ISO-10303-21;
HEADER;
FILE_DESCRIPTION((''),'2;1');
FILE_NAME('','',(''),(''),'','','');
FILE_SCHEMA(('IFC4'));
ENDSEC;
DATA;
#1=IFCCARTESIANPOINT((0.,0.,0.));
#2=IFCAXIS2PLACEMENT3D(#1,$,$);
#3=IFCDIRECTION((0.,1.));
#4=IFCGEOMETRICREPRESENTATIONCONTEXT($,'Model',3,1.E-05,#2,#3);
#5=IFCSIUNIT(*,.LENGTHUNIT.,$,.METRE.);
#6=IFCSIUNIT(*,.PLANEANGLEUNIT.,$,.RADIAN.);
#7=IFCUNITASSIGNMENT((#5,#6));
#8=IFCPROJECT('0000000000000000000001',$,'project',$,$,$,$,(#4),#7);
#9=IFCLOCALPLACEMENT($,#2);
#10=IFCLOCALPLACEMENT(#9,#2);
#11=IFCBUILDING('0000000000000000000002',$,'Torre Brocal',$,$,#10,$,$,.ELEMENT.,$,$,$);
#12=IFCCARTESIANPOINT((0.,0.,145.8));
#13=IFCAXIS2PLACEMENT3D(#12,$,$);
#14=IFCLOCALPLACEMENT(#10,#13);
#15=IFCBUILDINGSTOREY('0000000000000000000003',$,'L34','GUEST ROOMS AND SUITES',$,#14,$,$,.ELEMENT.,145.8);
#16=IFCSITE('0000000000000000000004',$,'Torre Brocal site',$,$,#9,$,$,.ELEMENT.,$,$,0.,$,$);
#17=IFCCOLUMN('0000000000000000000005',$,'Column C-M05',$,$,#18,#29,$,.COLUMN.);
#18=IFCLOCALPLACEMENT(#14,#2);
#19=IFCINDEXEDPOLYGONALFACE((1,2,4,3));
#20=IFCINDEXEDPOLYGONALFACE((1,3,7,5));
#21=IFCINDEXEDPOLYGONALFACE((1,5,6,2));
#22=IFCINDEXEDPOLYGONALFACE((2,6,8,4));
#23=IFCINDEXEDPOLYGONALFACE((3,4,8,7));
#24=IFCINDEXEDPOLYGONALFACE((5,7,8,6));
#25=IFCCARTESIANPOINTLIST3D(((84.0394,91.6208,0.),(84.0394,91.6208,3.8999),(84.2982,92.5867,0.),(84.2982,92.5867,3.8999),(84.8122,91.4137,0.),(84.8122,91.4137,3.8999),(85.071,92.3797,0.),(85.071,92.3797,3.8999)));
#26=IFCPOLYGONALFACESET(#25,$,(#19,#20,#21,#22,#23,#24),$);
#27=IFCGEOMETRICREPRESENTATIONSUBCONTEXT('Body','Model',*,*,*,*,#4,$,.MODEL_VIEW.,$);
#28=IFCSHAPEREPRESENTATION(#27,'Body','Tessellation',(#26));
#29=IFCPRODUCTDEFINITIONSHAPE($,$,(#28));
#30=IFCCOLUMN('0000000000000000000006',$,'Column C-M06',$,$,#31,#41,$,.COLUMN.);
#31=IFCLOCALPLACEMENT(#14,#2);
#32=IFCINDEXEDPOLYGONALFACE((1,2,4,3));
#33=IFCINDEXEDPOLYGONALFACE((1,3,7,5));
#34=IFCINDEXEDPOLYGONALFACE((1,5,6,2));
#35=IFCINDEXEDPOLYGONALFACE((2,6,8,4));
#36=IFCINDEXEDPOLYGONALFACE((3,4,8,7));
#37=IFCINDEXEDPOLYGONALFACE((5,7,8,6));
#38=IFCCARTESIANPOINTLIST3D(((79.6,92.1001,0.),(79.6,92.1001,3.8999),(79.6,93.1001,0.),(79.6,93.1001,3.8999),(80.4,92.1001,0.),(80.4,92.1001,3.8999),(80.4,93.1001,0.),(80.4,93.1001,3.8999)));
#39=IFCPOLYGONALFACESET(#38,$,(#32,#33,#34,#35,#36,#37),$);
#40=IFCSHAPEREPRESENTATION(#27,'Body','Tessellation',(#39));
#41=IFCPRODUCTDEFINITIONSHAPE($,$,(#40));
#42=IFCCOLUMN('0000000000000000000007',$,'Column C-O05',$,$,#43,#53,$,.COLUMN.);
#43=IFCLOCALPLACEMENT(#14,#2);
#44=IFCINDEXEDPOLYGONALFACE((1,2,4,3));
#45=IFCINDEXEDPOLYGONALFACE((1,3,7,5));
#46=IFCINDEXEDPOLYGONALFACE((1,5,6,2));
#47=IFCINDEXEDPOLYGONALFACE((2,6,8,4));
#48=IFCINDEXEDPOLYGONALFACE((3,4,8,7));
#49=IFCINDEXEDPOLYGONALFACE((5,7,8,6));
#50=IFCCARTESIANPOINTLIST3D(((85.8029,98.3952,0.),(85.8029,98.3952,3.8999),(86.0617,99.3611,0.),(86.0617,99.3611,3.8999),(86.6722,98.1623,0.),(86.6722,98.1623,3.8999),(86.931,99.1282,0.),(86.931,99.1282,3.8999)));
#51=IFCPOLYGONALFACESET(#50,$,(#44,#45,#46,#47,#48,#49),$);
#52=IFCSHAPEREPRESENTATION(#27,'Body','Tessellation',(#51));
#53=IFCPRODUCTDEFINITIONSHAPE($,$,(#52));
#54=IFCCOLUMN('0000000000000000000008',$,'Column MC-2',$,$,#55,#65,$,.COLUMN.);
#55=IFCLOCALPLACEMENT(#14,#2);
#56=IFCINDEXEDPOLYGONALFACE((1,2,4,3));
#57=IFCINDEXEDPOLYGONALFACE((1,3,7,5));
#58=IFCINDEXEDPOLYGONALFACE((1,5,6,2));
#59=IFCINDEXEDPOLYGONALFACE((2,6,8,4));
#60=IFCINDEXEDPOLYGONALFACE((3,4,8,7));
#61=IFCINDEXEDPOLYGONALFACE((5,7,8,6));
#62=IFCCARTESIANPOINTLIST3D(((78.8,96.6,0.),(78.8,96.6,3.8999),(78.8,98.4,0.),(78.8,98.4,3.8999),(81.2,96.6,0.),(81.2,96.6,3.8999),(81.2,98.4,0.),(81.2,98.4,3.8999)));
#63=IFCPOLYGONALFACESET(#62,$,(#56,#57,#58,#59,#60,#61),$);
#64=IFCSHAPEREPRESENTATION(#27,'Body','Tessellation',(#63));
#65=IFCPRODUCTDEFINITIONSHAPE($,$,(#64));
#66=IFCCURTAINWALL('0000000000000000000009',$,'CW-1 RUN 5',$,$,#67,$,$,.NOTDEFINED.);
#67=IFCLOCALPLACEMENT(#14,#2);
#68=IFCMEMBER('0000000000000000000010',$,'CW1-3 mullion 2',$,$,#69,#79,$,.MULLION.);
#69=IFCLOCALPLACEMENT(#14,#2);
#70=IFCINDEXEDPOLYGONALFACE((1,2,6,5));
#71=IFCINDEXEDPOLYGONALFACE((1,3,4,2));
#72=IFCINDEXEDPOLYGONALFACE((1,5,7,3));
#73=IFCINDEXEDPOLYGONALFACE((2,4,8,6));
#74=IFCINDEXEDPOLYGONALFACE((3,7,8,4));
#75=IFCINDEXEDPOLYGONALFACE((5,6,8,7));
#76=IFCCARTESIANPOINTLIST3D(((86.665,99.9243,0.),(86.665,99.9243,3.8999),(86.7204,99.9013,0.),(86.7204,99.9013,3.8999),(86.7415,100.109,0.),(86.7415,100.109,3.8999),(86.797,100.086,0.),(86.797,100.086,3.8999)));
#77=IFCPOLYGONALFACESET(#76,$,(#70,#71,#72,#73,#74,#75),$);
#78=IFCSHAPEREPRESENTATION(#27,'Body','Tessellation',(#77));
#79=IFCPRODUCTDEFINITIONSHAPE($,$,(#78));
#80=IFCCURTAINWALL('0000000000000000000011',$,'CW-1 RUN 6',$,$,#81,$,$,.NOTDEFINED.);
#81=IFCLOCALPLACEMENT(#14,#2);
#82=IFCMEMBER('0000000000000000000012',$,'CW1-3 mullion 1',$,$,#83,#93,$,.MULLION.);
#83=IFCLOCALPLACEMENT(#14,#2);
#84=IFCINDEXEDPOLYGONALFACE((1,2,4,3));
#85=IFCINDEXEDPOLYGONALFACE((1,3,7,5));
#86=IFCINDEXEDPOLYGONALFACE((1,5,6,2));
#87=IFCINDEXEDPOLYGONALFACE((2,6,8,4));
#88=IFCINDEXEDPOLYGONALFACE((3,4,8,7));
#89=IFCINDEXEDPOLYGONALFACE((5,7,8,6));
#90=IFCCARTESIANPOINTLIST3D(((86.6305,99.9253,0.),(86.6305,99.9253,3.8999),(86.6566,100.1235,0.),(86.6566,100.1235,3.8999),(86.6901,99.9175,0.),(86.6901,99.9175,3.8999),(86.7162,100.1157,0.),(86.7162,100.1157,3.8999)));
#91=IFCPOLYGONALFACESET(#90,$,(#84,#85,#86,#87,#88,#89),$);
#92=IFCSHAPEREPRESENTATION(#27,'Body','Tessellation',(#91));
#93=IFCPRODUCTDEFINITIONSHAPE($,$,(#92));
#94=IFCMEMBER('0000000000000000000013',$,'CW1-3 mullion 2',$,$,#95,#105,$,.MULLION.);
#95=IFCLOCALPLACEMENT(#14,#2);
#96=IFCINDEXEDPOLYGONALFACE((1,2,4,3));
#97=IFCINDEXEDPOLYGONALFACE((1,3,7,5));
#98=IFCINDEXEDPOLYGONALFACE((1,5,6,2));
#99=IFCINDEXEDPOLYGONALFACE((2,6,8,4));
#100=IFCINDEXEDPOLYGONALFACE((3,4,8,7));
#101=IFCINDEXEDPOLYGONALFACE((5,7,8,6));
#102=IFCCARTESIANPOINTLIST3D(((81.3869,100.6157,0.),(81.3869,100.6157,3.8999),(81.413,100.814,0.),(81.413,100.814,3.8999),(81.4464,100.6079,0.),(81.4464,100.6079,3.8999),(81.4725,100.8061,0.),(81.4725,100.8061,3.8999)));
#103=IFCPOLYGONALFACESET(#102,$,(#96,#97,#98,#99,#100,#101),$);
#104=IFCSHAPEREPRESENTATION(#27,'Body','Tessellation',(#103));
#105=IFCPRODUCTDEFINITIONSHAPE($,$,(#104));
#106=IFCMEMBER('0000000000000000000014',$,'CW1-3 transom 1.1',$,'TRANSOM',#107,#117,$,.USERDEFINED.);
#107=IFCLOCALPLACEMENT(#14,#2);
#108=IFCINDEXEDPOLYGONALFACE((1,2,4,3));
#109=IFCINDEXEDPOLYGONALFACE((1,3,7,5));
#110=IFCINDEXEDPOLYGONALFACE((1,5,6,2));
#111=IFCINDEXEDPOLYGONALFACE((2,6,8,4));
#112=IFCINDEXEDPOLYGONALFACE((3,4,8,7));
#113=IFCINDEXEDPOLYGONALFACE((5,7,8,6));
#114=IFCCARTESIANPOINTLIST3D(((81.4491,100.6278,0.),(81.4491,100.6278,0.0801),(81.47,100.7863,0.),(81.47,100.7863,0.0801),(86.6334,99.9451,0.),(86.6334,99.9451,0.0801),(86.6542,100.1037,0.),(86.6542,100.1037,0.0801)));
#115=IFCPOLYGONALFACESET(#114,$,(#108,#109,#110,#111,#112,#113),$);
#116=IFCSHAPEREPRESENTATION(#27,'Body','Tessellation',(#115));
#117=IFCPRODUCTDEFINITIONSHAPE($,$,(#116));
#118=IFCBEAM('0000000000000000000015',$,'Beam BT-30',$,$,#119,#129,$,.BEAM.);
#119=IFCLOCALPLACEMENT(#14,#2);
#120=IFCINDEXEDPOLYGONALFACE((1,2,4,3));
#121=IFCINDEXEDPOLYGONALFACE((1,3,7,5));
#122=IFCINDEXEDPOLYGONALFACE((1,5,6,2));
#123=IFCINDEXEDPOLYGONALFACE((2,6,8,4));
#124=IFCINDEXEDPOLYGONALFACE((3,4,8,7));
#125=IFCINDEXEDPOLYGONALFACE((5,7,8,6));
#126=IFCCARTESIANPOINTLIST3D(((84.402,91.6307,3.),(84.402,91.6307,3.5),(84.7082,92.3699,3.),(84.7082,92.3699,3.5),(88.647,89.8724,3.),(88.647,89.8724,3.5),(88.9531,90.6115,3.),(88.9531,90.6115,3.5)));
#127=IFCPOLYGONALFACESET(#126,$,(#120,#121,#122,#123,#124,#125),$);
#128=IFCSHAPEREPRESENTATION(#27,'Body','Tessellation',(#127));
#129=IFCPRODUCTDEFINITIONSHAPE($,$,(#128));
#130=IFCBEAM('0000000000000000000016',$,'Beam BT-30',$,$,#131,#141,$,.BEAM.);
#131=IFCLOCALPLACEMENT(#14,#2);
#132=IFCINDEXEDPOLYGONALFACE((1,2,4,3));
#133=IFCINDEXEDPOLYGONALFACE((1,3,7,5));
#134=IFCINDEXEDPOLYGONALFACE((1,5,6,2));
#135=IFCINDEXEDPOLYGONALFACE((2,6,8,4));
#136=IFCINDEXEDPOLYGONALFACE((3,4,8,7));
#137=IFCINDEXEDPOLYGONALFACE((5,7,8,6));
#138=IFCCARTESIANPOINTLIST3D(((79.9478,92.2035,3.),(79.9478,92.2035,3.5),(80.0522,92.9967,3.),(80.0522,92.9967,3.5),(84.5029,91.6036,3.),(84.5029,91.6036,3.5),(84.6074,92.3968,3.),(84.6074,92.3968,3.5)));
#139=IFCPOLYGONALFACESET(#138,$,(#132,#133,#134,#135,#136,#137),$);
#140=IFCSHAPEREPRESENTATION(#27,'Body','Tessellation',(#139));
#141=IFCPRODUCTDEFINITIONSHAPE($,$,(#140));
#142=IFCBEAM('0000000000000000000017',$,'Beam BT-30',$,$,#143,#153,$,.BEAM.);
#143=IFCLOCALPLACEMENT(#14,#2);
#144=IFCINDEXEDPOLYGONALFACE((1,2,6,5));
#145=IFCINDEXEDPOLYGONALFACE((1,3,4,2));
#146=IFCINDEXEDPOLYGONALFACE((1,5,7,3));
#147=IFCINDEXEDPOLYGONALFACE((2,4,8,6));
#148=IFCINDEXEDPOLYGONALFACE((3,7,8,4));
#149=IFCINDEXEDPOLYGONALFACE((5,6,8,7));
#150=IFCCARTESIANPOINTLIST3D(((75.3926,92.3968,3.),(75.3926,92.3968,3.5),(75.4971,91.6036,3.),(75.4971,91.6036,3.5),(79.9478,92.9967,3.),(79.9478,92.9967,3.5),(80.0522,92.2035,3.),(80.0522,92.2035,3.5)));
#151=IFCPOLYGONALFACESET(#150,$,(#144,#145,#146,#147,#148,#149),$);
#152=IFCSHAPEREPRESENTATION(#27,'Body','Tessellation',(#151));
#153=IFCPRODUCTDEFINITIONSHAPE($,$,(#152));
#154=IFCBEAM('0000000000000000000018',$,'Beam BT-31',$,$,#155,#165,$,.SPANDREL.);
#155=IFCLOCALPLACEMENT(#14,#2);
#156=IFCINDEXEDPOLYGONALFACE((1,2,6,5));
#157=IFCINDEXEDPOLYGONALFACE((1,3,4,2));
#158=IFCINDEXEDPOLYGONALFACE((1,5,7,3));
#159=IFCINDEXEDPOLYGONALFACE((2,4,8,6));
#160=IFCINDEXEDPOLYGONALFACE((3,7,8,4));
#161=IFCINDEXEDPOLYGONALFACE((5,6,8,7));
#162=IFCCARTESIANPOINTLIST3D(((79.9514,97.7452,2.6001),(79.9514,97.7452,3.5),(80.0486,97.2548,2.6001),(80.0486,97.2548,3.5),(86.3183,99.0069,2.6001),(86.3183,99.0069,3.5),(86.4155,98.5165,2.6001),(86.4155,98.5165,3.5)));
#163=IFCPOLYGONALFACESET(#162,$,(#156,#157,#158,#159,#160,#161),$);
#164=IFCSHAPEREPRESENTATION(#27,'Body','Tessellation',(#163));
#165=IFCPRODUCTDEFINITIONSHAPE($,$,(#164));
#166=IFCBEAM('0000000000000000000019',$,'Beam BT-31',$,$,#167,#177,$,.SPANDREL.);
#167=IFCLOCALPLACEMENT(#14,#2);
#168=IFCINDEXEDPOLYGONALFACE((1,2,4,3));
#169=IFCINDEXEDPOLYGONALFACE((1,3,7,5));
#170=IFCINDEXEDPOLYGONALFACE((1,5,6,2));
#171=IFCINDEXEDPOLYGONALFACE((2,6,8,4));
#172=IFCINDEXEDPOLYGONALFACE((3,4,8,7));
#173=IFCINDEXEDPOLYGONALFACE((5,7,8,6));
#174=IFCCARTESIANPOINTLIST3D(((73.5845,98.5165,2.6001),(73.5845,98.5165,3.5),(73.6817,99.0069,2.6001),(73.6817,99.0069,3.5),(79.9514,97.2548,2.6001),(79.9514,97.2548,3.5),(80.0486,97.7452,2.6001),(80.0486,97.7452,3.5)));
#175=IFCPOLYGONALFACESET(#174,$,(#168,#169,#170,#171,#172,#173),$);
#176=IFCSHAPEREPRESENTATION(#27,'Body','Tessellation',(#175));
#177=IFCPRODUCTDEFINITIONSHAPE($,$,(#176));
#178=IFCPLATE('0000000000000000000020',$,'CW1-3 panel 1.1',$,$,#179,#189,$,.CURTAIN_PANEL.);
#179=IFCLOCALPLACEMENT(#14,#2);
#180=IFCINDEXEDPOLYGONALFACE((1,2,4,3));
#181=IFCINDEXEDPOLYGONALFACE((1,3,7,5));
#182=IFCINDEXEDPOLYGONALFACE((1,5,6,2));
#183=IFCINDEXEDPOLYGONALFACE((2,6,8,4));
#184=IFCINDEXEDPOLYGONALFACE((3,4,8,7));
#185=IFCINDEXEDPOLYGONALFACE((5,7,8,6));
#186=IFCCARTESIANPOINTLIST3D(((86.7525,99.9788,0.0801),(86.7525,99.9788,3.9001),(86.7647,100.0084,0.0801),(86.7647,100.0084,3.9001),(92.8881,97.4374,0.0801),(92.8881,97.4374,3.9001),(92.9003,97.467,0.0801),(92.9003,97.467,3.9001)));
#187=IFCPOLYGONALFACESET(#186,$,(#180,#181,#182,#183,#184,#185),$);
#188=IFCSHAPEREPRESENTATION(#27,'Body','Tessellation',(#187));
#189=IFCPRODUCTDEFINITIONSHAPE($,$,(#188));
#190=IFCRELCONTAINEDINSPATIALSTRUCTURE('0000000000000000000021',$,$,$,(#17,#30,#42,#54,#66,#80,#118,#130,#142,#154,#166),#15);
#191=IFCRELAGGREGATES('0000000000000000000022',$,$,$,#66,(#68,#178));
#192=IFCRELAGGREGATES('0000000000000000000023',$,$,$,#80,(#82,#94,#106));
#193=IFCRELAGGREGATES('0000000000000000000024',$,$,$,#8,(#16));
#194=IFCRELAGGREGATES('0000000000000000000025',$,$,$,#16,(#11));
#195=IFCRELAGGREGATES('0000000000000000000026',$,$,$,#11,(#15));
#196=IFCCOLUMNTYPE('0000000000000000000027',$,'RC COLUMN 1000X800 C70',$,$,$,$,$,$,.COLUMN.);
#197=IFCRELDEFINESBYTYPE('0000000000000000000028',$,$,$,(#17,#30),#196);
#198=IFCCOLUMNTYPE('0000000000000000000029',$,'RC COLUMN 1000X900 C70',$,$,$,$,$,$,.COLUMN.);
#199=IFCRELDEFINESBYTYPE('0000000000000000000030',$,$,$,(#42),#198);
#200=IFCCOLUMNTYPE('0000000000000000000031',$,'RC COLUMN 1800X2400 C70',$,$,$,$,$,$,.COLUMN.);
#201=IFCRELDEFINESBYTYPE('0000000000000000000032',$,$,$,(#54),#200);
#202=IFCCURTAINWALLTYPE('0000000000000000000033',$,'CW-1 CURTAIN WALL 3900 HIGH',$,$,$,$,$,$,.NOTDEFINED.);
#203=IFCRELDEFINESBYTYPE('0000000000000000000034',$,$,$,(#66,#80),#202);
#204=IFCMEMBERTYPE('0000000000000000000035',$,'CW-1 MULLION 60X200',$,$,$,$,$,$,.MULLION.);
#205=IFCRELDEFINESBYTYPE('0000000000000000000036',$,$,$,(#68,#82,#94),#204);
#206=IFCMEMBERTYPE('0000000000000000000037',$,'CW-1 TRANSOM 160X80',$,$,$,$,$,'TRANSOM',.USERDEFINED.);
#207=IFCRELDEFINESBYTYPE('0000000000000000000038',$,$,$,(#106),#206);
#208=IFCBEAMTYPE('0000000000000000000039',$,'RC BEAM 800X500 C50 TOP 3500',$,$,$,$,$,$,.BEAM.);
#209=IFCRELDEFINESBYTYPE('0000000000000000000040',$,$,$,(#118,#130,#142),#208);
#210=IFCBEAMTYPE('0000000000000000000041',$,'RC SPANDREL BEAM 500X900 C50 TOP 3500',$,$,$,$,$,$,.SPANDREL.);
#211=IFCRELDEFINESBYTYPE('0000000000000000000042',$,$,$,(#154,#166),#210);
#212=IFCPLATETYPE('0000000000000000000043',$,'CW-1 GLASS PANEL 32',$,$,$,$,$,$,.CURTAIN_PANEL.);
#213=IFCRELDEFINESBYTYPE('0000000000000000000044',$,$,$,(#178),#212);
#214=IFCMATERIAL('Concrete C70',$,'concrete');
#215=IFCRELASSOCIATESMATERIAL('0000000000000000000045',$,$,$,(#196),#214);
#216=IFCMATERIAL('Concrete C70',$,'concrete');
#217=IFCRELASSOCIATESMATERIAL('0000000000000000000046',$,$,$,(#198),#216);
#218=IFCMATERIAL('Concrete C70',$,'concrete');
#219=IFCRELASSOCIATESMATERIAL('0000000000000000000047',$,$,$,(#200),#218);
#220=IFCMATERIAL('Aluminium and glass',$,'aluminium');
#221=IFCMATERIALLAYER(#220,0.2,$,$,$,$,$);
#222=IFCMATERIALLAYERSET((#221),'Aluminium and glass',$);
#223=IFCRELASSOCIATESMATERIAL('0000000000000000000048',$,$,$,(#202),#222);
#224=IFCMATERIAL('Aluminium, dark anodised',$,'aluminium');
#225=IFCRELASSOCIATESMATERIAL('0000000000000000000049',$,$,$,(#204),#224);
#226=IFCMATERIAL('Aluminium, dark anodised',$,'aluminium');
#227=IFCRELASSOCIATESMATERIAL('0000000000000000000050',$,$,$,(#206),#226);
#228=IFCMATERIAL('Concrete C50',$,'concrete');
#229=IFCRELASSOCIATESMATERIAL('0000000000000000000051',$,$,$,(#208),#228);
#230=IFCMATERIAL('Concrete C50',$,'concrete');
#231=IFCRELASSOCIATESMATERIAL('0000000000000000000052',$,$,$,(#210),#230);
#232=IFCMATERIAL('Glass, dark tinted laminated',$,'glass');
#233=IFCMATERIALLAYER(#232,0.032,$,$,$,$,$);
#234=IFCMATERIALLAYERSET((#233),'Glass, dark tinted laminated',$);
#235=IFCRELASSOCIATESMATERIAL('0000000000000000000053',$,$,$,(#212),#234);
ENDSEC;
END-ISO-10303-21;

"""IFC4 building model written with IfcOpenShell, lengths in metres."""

from ifc_helpers import new_model, si_unit, direction, frame, origin, origin_2d, place, context, subcontext, project, spatial, rectangle, extrude, material, layer, layer_set, material_profile, profile_set, type_object, element, aggregate, save


model = new_model("IFC4")

# Units and contexts
model_context = context("Model", 3, precision=1e-05, world=origin(), true_north=direction((0.0, 1.0)))
body_context = subcontext(model_context, "Body", "Model", "MODEL_VIEW")
ifc_project = project(units=[si_unit("LENGTHUNIT", "METRE"), si_unit("PLANEANGLEUNIT", "RADIAN")], contexts=[model_context])

# Site, building, storey
site_placement = place(None, origin())
site = spatial("IfcSite", under=ifc_project, at=site_placement, Name="Torre Brocal site", CompositionType="ELEMENT", RefElevation=0.0)
building_placement = place(site_placement, origin())
building = spatial("IfcBuilding", under=site, at=building_placement, Name="Torre Brocal", CompositionType="ELEMENT")
storey_placement = place(building_placement, frame((0.0, 0.0, 145.8)))
storey = spatial("IfcBuildingStorey", under=building, at=storey_placement, Name="L34", Description="GUEST ROOMS AND SUITES", CompositionType="ELEMENT", Elevation=145.8)

# Columns
ifc_material_1 = material(Name="Concrete C70", Category="concrete")
ifc_material_profile_1 = material_profile(ifc_material_1, rectangle(XDim=1.0, YDim=0.8, at=origin_2d()), Name="RC 1000X800")
ifc_profile_set_1 = profile_set([ifc_material_profile_1], Name="Concrete C70")
column_type_1 = type_object("IfcColumnType", Name="RC COLUMN 1000X800 C70", PredefinedType="COLUMN", material=ifc_profile_set_1)
for number, where, z_axis, x_axis, name in (
    (1, (84.5552, 92.0002, 0.0), (0.0, 0.0, 1.0), (0.258819, 0.965926, 0.0), "Column C-M05"),
    (2, (80.0, 92.6001, 0.0), (0.0, 0.0, 1.0), (0.0, 1.0, 0.0), "Column C-M06"),
):
    element("IfcColumn", number, at=place(storey_placement, frame(where, z_axis=z_axis, x_axis=x_axis)), inside=storey, type_object=column_type_1, Name=name, PredefinedType="COLUMN", context=body_context, shape_type="SweptSolid", body=[
        extrude(rectangle(XDim=1.0, YDim=0.8, at=origin_2d()), origin(), (0.0, 0.0, 1.0), 3.8999),
    ])
ifc_material_2 = material(Name="Concrete C70", Category="concrete")
ifc_material_profile_2 = material_profile(ifc_material_2, rectangle(XDim=1.0, YDim=0.8999, at=origin_2d()), Name="RC 1000X900")
ifc_profile_set_2 = profile_set([ifc_material_profile_2], Name="Concrete C70")
column_type_2 = type_object("IfcColumnType", Name="RC COLUMN 1000X900 C70", PredefinedType="COLUMN", material=ifc_profile_set_2)
column_1_placement = place(storey_placement, frame((86.3669, 98.7617, 0.0), z_axis=(0.0, 0.0, 1.0), x_axis=(0.258819, 0.965926, 0.0)))
element("IfcColumn", 3, at=column_1_placement, inside=storey, type_object=column_type_2, Name="Column C-O05", PredefinedType="COLUMN", context=body_context, shape_type="SweptSolid", body=[
    extrude(rectangle(XDim=1.0, YDim=0.8999, at=origin_2d()), origin(), (0.0, 0.0, 1.0), 3.8999),
])
ifc_material_3 = material(Name="Concrete C70", Category="concrete")
ifc_material_profile_3 = material_profile(ifc_material_3, rectangle(XDim=1.8, YDim=2.3999, at=origin_2d()), Name="RC 1800X2400")
ifc_profile_set_3 = profile_set([ifc_material_profile_3], Name="Concrete C70")
column_type_3 = type_object("IfcColumnType", Name="RC COLUMN 1800X2400 C70", PredefinedType="COLUMN", material=ifc_profile_set_3)
column_2_placement = place(storey_placement, frame((80.0, 97.5, 0.0), z_axis=(0.0, 0.0, 1.0), x_axis=(0.0, 1.0, 0.0)))
element("IfcColumn", 4, at=column_2_placement, inside=storey, type_object=column_type_3, Name="Column MC-2", PredefinedType="COLUMN", context=body_context, shape_type="SweptSolid", body=[
    extrude(rectangle(XDim=1.8, YDim=2.3999, at=origin_2d()), origin(), (0.0, 0.0, 1.0), 3.8999),
])

# Curtain wall, member
ifc_material_4 = material(Name="Aluminium and glass", Category="aluminium")
ifc_layer_1 = layer(ifc_material_4, 0.2)
ifc_layer_set_1 = layer_set([ifc_layer_1], Name="Aluminium and glass")
curtain_wall_type = type_object("IfcCurtainWallType", Name="CW-1 CURTAIN WALL 3900 HIGH", PredefinedType="NOTDEFINED", material=ifc_layer_set_1)
curtain_wall_1_placement = place(storey_placement, origin())
curtain_wall_1 = element("IfcCurtainWall", 5, at=curtain_wall_1_placement, inside=storey, type_object=curtain_wall_type, Name="CW-1 RUN 5", PredefinedType="NOTDEFINED")
ifc_material_5 = material(Name="Aluminium, dark anodised", Category="aluminium")
ifc_material_profile_4 = material_profile(ifc_material_5, rectangle(XDim=0.2, YDim=0.0601, at=origin_2d()), Name="CW-1 MULLION 60X200")
ifc_profile_set_4 = profile_set([ifc_material_profile_4], Name="Aluminium, dark anodised")
member_type_1 = type_object("IfcMemberType", Name="CW-1 MULLION 60X200", PredefinedType="MULLION", material=ifc_profile_set_4)
member_1_placement = place(storey_placement, frame((86.731, 100.0051, 0.0), z_axis=(0.0, 0.0, 1.0), x_axis=(-0.382683, -0.92388, 0.0)))
member_1 = element("IfcMember", 6, at=member_1_placement, type_object=member_type_1, Name="CW1-3 mullion 2", PredefinedType="MULLION", context=body_context, shape_type="SweptSolid", body=[
    extrude(rectangle(XDim=0.2, YDim=0.0601, at=origin_2d()), origin(), (0.0, 0.0, 1.0), 3.8999),
])

# Curtain wall, members
curtain_wall_2_placement = place(storey_placement, origin())
curtain_wall_2 = element("IfcCurtainWall", 7, at=curtain_wall_2_placement, inside=storey, type_object=curtain_wall_type, Name="CW-1 RUN 6", PredefinedType="NOTDEFINED")
member_2_placement = place(storey_placement, frame((86.6733, 100.0205, 0.0), z_axis=(0.0, 0.0, 1.0), x_axis=(-0.130526, -0.991445, 0.0)))
member_2 = element("IfcMember", 8, at=member_2_placement, type_object=member_type_1, Name="CW1-3 mullion 1", PredefinedType="MULLION", context=body_context, shape_type="SweptSolid", body=[
    extrude(rectangle(XDim=0.2, YDim=0.0601, at=origin_2d()), origin(), (0.0, 0.0, 1.0), 3.8999),
])
member_3_placement = place(storey_placement, frame((81.4297, 100.7109, 0.0), z_axis=(0.0, 0.0, 1.0), x_axis=(-0.130526, -0.991445, 0.0)))
member_3 = element("IfcMember", 9, at=member_3_placement, type_object=member_type_1, Name="CW1-3 mullion 2", PredefinedType="MULLION", context=body_context, shape_type="SweptSolid", body=[
    extrude(rectangle(XDim=0.2, YDim=0.0601, at=origin_2d()), origin(), (0.0, 0.0, 1.0), 3.8999),
])
ifc_material_6 = material(Name="Aluminium, dark anodised", Category="aluminium")
ifc_material_profile_5 = material_profile(ifc_material_6, rectangle(XDim=0.1599, YDim=0.0801, at=origin_2d()), Name="CW-1 TRANSOM 160X80")
ifc_profile_set_5 = profile_set([ifc_material_profile_5], Name="Aluminium, dark anodised")
member_type_2 = type_object("IfcMemberType", Name="CW-1 TRANSOM 160X80", ElementType="TRANSOM", PredefinedType="USERDEFINED", material=ifc_profile_set_5)
member_4_placement = place(storey_placement, frame((86.6438, 100.0244, 0.04), z_axis=(-0.991443, 0.130543, 0.0), x_axis=(-0.130543, -0.991443, 0.0)))
member_4 = element("IfcMember", 10, at=member_4_placement, type_object=member_type_2, Name="CW1-3 transom 1.1", ObjectType="TRANSOM", PredefinedType="USERDEFINED", context=body_context, shape_type="SweptSolid", body=[
    extrude(rectangle(XDim=0.1599, YDim=0.0801, at=origin_2d()), origin(), (0.0, 0.0, 1.0), 5.229),
])

# Beams
ifc_material_7 = material(Name="Concrete C50", Category="concrete")
ifc_material_profile_6 = material_profile(ifc_material_7, rectangle(XDim=0.8, YDim=0.5, at=origin_2d()), Name="RC 800X500")
ifc_profile_set_6 = profile_set([ifc_material_profile_6], Name="Concrete C50")
beam_type_1 = type_object("IfcBeamType", Name="RC BEAM 800X500 C50 TOP 3500", PredefinedType="BEAM", material=ifc_profile_set_6)
beam_placement = place(storey_placement, frame((88.8, 90.2419, 3.25), z_axis=(-0.923878, 0.382687, 0.0), x_axis=(-0.382687, -0.923878, 0.0)))
element("IfcBeam", 11, at=beam_placement, inside=storey, type_object=beam_type_1, Name="Beam BT-30", PredefinedType="BEAM", context=body_context, shape_type="SweptSolid", body=[
    extrude(rectangle(XDim=0.8, YDim=0.5, at=origin_2d()), origin(), (0.0, 0.0, 1.0), 4.5947),
])
for number, where, z_axis, x_axis, name in (
    (12, (84.5552, 92.0002, 3.25), (-0.991441, 0.130559, 0.0), (-0.130559, -0.991441, 0.0), "Beam BT-30"),
    (13, (80.0, 92.6001, 3.25), (-0.991441, -0.130559, 0.0), (0.130559, -0.991441, 0.0), "Beam BT-30"),
):
    element("IfcBeam", number, at=place(storey_placement, frame(where, z_axis=z_axis, x_axis=x_axis)), inside=storey, type_object=beam_type_1, Name=name, PredefinedType="BEAM", context=body_context, shape_type="SweptSolid", body=[
        extrude(rectangle(XDim=0.8, YDim=0.5, at=origin_2d()), origin(), (0.0, 0.0, 1.0), 4.5945),
    ])
ifc_material_8 = material(Name="Concrete C50", Category="concrete")
ifc_material_profile_7 = material_profile(ifc_material_8, rectangle(XDim=0.5, YDim=0.8999, at=origin_2d()), Name="RC 500X900")
ifc_profile_set_7 = profile_set([ifc_material_profile_7], Name="Concrete C50")
beam_type_2 = type_object("IfcBeamType", Name="RC SPANDREL BEAM 500X900 C50 TOP 3500", PredefinedType="SPANDREL", material=ifc_profile_set_7)
for number, where, z_axis, x_axis, name in (
    (14, (86.3669, 98.7617, 3.05), (-0.980925, -0.194387, 0.0), (0.194387, -0.980925, 0.0), "Beam BT-31"),
    (15, (80.0, 97.5, 3.05), (-0.980925, 0.194387, 0.0), (-0.194387, -0.980925, 0.0), "Beam BT-31"),
):
    element("IfcBeam", number, at=place(storey_placement, frame(where, z_axis=z_axis, x_axis=x_axis)), inside=storey, type_object=beam_type_2, Name=name, PredefinedType="SPANDREL", context=body_context, shape_type="SweptSolid", body=[
        extrude(rectangle(XDim=0.5, YDim=0.8999, at=origin_2d()), origin(), (0.0, 0.0, 1.0), 6.4907),
    ])

# Plate
ifc_material_9 = material(Name="Glass, dark tinted laminated", Category="glass")
ifc_layer_2 = layer(ifc_material_9, 0.032)
ifc_layer_set_2 = layer_set([ifc_layer_2], Name="Glass, dark tinted laminated")
plate_type = type_object("IfcPlateType", Name="CW-1 GLASS PANEL 32", PredefinedType="CURTAIN_PANEL", material=ifc_layer_set_2)
plate_1_placement = place(storey_placement, frame((89.8264, 98.7229, 0.0801), z_axis=(0.0, 0.0, 1.0), x_axis=(-0.92388, 0.382683, 0.0)))
plate_1 = element("IfcPlate", 16, at=plate_1_placement, type_object=plate_type, Name="CW1-3 panel 1.1", PredefinedType="CURTAIN_PANEL", context=body_context, shape_type="SweptSolid", body=[
    extrude(rectangle(XDim=6.6411, YDim=0.032, at=origin_2d()), origin(), (0.0, 0.0, 1.0), 3.8201),
])
aggregate(curtain_wall_1, [member_1, plate_1])
aggregate(curtain_wall_2, [member_2, member_3, member_4])

save(model, "model.ifc")
